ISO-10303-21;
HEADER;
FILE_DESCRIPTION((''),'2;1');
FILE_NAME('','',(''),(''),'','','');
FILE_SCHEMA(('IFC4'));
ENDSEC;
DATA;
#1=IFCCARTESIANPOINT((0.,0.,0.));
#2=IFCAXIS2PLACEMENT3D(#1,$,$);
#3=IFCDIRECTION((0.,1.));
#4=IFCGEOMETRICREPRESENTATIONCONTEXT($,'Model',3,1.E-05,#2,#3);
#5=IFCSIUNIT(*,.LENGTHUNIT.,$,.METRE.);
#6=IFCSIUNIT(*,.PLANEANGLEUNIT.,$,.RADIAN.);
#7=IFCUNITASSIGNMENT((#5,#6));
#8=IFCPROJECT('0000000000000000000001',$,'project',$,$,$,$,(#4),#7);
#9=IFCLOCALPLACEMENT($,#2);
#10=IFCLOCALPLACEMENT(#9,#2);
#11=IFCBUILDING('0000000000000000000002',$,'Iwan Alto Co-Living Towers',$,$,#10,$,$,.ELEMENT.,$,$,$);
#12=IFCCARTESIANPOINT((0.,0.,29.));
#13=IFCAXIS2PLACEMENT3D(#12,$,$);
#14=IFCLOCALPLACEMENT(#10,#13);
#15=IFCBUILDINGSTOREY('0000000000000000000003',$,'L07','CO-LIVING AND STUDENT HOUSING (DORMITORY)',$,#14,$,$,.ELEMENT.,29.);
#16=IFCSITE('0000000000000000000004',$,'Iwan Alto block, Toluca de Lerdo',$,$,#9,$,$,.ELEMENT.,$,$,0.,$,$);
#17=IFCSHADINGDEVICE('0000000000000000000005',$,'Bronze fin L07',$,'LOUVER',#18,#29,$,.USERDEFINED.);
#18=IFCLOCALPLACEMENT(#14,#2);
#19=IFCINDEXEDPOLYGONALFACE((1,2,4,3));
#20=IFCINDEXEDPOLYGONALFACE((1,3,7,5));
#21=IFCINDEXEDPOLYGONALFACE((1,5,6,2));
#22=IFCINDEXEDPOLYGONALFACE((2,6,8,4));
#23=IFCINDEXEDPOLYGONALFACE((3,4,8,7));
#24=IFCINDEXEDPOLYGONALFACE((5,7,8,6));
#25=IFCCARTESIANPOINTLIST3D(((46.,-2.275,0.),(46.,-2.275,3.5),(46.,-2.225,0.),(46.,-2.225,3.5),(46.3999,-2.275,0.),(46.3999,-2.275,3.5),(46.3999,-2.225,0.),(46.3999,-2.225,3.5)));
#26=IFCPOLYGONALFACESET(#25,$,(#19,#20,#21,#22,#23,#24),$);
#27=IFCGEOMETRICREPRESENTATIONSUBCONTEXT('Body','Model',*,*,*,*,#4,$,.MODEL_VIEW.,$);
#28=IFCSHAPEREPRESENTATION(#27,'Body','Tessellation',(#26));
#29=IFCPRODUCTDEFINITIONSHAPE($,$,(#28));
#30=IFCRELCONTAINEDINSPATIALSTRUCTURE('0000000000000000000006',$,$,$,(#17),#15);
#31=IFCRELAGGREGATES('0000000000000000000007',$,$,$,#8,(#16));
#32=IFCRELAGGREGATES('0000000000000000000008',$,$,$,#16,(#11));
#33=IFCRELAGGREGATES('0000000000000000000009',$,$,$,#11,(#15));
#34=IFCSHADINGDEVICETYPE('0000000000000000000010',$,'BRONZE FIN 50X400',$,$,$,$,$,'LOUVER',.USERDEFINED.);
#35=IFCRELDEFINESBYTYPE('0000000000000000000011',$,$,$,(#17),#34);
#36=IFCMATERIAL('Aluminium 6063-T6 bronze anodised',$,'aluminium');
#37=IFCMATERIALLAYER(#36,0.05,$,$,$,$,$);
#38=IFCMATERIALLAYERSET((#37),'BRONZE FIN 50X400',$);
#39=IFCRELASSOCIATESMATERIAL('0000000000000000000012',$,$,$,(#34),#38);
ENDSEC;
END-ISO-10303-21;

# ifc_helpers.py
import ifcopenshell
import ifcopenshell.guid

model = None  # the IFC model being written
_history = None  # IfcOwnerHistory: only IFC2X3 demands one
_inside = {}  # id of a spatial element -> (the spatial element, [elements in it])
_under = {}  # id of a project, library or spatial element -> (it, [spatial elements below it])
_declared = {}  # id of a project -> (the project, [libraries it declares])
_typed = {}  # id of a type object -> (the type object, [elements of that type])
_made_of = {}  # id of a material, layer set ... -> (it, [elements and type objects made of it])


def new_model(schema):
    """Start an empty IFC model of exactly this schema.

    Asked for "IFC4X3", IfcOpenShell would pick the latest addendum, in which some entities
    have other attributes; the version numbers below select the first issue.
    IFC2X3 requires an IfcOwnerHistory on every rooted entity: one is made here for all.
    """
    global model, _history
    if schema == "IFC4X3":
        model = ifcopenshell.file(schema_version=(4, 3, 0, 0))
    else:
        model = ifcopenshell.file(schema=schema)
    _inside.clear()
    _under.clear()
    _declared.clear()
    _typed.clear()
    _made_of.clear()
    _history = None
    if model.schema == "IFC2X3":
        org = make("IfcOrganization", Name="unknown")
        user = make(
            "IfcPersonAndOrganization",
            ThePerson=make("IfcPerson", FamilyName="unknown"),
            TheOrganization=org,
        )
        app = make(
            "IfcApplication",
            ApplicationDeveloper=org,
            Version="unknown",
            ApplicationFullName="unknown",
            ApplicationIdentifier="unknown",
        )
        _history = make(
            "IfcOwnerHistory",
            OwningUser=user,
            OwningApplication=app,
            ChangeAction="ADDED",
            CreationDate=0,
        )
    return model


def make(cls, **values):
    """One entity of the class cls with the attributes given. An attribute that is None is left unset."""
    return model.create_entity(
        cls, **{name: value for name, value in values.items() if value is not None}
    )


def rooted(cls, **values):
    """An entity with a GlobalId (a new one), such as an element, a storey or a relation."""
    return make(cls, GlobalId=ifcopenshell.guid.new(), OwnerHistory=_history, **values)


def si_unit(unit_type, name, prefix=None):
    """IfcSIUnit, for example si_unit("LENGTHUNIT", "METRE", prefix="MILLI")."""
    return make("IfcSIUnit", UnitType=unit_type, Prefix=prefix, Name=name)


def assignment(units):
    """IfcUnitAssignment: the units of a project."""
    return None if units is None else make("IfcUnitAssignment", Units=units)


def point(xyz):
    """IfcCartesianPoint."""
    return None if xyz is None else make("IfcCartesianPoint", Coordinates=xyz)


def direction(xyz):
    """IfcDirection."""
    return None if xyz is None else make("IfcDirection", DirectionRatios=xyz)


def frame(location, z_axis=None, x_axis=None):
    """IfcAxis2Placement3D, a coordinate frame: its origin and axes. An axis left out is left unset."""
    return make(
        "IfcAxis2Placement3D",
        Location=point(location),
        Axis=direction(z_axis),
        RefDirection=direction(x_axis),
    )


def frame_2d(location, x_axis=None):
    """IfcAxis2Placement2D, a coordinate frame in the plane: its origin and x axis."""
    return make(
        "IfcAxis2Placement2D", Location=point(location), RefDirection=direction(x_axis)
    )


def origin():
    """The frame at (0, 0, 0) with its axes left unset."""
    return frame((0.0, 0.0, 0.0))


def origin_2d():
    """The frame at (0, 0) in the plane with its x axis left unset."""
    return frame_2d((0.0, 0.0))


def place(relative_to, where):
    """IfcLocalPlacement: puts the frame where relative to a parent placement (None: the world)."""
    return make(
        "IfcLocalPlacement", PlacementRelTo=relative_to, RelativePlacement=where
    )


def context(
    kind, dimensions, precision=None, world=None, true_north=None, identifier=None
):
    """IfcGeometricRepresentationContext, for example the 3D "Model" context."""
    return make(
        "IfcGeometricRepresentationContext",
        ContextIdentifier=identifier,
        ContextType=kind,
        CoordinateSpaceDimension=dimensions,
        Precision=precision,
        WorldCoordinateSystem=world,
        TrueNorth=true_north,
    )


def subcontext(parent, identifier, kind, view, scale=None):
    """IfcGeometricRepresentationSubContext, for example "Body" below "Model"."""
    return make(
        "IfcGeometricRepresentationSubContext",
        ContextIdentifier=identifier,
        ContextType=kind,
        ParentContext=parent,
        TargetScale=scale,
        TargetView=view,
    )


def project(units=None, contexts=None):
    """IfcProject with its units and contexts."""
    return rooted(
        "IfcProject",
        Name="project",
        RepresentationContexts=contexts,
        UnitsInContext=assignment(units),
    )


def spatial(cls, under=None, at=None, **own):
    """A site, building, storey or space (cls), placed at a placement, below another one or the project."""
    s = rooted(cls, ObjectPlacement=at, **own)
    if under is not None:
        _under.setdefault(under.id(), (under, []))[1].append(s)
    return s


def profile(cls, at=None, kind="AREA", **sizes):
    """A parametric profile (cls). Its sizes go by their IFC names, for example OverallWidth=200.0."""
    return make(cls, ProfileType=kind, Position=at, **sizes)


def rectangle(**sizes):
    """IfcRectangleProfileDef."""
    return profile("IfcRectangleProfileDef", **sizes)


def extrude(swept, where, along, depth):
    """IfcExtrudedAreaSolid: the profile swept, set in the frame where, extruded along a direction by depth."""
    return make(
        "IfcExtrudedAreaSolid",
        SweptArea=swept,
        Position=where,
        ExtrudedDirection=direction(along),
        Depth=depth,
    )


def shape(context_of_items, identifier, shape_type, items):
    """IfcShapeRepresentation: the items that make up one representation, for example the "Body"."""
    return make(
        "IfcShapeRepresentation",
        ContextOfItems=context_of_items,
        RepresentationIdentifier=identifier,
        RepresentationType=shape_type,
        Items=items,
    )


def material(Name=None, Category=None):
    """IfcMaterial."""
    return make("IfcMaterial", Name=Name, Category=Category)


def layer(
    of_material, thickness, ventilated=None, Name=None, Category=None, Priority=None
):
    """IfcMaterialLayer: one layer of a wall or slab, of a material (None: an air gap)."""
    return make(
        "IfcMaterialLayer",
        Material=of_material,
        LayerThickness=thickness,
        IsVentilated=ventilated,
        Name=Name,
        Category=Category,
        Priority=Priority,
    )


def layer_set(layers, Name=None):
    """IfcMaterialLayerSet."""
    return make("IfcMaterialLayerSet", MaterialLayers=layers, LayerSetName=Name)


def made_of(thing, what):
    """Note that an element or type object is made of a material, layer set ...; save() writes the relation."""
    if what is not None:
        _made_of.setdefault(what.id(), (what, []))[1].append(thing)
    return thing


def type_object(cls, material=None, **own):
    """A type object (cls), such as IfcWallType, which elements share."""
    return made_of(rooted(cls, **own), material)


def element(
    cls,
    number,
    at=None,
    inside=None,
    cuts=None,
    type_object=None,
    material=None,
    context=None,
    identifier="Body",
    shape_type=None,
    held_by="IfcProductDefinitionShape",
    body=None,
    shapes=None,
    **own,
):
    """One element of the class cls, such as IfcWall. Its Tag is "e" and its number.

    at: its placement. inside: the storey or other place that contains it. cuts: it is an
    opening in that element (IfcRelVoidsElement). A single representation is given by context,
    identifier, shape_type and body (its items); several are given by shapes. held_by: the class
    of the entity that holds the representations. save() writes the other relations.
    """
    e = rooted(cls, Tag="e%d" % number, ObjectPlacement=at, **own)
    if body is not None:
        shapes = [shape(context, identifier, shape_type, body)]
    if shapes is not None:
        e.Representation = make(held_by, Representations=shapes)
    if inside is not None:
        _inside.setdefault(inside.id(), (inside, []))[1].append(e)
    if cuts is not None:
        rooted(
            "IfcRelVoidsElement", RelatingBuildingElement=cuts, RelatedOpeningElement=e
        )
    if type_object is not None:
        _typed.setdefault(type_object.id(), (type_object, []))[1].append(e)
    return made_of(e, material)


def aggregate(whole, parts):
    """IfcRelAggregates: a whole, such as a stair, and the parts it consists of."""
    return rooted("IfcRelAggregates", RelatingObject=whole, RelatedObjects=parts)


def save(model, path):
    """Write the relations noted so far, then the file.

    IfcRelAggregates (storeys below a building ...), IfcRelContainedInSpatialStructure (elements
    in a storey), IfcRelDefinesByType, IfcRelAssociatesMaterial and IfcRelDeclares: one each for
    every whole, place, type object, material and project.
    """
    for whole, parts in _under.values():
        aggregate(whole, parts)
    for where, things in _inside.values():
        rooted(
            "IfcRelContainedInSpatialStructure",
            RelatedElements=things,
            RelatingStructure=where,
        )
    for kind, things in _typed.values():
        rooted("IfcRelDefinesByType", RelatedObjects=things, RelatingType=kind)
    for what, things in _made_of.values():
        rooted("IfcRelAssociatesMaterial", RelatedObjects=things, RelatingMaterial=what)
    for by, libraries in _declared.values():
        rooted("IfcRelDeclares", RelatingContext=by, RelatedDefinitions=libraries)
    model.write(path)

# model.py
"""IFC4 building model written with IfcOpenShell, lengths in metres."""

from ifc_helpers import new_model, si_unit, direction, frame, origin, origin_2d, place, context, subcontext, project, spatial, rectangle, extrude, material, layer, layer_set, type_object, element, save


model = new_model("IFC4")

# Units and contexts
model_context = context("Model", 3, precision=1e-05, world=origin(), true_north=direction((0.0, 1.0)))
body_context = subcontext(model_context, "Body", "Model", "MODEL_VIEW")
ifc_project = project(units=[si_unit("LENGTHUNIT", "METRE"), si_unit("PLANEANGLEUNIT", "RADIAN")], contexts=[model_context])

# Site, building, storey
site_placement = place(None, origin())
site = spatial("IfcSite", under=ifc_project, at=site_placement, Name="Iwan Alto block, Toluca de Lerdo", CompositionType="ELEMENT", RefElevation=0.0)
building_placement = place(site_placement, origin())
building = spatial("IfcBuilding", under=site, at=building_placement, Name="Iwan Alto Co-Living Towers", CompositionType="ELEMENT")
storey_placement = place(building_placement, frame((0.0, 0.0, 29.0)))
storey = spatial("IfcBuildingStorey", under=building, at=storey_placement, Name="L07", Description="CO-LIVING AND STUDENT HOUSING (DORMITORY)", CompositionType="ELEMENT", Elevation=29.0)

# Shading device
ifc_material_1 = material(Name="Aluminium 6063-T6 bronze anodised", Category="aluminium")
ifc_layer_1 = layer(ifc_material_1, 0.05)
ifc_layer_set_1 = layer_set([ifc_layer_1], Name="BRONZE FIN 50X400")
shading_device_type = type_object("IfcShadingDeviceType", Name="BRONZE FIN 50X400", ElementType="LOUVER", PredefinedType="USERDEFINED", material=ifc_layer_set_1)
for number, where, z_axis, x_axis, name in (
    (1, (46.2, -2.25, 0.0), (0.0, 0.0, 1.0), (0.0, -1.0, 0.0), "Bronze fin L07"),
):
    element("IfcShadingDevice", number, at=place(storey_placement, frame(where, z_axis=z_axis, x_axis=x_axis)), inside=storey, type_object=shading_device_type, Name=name, ObjectType="LOUVER", PredefinedType="USERDEFINED", context=body_context, shape_type="SweptSolid", body=[
        extrude(rectangle(XDim=0.05, YDim=0.3999, at=origin_2d()), origin(), (0.0, 0.0, 1.0), 3.5),
    ])

save(model, "model.ifc")
